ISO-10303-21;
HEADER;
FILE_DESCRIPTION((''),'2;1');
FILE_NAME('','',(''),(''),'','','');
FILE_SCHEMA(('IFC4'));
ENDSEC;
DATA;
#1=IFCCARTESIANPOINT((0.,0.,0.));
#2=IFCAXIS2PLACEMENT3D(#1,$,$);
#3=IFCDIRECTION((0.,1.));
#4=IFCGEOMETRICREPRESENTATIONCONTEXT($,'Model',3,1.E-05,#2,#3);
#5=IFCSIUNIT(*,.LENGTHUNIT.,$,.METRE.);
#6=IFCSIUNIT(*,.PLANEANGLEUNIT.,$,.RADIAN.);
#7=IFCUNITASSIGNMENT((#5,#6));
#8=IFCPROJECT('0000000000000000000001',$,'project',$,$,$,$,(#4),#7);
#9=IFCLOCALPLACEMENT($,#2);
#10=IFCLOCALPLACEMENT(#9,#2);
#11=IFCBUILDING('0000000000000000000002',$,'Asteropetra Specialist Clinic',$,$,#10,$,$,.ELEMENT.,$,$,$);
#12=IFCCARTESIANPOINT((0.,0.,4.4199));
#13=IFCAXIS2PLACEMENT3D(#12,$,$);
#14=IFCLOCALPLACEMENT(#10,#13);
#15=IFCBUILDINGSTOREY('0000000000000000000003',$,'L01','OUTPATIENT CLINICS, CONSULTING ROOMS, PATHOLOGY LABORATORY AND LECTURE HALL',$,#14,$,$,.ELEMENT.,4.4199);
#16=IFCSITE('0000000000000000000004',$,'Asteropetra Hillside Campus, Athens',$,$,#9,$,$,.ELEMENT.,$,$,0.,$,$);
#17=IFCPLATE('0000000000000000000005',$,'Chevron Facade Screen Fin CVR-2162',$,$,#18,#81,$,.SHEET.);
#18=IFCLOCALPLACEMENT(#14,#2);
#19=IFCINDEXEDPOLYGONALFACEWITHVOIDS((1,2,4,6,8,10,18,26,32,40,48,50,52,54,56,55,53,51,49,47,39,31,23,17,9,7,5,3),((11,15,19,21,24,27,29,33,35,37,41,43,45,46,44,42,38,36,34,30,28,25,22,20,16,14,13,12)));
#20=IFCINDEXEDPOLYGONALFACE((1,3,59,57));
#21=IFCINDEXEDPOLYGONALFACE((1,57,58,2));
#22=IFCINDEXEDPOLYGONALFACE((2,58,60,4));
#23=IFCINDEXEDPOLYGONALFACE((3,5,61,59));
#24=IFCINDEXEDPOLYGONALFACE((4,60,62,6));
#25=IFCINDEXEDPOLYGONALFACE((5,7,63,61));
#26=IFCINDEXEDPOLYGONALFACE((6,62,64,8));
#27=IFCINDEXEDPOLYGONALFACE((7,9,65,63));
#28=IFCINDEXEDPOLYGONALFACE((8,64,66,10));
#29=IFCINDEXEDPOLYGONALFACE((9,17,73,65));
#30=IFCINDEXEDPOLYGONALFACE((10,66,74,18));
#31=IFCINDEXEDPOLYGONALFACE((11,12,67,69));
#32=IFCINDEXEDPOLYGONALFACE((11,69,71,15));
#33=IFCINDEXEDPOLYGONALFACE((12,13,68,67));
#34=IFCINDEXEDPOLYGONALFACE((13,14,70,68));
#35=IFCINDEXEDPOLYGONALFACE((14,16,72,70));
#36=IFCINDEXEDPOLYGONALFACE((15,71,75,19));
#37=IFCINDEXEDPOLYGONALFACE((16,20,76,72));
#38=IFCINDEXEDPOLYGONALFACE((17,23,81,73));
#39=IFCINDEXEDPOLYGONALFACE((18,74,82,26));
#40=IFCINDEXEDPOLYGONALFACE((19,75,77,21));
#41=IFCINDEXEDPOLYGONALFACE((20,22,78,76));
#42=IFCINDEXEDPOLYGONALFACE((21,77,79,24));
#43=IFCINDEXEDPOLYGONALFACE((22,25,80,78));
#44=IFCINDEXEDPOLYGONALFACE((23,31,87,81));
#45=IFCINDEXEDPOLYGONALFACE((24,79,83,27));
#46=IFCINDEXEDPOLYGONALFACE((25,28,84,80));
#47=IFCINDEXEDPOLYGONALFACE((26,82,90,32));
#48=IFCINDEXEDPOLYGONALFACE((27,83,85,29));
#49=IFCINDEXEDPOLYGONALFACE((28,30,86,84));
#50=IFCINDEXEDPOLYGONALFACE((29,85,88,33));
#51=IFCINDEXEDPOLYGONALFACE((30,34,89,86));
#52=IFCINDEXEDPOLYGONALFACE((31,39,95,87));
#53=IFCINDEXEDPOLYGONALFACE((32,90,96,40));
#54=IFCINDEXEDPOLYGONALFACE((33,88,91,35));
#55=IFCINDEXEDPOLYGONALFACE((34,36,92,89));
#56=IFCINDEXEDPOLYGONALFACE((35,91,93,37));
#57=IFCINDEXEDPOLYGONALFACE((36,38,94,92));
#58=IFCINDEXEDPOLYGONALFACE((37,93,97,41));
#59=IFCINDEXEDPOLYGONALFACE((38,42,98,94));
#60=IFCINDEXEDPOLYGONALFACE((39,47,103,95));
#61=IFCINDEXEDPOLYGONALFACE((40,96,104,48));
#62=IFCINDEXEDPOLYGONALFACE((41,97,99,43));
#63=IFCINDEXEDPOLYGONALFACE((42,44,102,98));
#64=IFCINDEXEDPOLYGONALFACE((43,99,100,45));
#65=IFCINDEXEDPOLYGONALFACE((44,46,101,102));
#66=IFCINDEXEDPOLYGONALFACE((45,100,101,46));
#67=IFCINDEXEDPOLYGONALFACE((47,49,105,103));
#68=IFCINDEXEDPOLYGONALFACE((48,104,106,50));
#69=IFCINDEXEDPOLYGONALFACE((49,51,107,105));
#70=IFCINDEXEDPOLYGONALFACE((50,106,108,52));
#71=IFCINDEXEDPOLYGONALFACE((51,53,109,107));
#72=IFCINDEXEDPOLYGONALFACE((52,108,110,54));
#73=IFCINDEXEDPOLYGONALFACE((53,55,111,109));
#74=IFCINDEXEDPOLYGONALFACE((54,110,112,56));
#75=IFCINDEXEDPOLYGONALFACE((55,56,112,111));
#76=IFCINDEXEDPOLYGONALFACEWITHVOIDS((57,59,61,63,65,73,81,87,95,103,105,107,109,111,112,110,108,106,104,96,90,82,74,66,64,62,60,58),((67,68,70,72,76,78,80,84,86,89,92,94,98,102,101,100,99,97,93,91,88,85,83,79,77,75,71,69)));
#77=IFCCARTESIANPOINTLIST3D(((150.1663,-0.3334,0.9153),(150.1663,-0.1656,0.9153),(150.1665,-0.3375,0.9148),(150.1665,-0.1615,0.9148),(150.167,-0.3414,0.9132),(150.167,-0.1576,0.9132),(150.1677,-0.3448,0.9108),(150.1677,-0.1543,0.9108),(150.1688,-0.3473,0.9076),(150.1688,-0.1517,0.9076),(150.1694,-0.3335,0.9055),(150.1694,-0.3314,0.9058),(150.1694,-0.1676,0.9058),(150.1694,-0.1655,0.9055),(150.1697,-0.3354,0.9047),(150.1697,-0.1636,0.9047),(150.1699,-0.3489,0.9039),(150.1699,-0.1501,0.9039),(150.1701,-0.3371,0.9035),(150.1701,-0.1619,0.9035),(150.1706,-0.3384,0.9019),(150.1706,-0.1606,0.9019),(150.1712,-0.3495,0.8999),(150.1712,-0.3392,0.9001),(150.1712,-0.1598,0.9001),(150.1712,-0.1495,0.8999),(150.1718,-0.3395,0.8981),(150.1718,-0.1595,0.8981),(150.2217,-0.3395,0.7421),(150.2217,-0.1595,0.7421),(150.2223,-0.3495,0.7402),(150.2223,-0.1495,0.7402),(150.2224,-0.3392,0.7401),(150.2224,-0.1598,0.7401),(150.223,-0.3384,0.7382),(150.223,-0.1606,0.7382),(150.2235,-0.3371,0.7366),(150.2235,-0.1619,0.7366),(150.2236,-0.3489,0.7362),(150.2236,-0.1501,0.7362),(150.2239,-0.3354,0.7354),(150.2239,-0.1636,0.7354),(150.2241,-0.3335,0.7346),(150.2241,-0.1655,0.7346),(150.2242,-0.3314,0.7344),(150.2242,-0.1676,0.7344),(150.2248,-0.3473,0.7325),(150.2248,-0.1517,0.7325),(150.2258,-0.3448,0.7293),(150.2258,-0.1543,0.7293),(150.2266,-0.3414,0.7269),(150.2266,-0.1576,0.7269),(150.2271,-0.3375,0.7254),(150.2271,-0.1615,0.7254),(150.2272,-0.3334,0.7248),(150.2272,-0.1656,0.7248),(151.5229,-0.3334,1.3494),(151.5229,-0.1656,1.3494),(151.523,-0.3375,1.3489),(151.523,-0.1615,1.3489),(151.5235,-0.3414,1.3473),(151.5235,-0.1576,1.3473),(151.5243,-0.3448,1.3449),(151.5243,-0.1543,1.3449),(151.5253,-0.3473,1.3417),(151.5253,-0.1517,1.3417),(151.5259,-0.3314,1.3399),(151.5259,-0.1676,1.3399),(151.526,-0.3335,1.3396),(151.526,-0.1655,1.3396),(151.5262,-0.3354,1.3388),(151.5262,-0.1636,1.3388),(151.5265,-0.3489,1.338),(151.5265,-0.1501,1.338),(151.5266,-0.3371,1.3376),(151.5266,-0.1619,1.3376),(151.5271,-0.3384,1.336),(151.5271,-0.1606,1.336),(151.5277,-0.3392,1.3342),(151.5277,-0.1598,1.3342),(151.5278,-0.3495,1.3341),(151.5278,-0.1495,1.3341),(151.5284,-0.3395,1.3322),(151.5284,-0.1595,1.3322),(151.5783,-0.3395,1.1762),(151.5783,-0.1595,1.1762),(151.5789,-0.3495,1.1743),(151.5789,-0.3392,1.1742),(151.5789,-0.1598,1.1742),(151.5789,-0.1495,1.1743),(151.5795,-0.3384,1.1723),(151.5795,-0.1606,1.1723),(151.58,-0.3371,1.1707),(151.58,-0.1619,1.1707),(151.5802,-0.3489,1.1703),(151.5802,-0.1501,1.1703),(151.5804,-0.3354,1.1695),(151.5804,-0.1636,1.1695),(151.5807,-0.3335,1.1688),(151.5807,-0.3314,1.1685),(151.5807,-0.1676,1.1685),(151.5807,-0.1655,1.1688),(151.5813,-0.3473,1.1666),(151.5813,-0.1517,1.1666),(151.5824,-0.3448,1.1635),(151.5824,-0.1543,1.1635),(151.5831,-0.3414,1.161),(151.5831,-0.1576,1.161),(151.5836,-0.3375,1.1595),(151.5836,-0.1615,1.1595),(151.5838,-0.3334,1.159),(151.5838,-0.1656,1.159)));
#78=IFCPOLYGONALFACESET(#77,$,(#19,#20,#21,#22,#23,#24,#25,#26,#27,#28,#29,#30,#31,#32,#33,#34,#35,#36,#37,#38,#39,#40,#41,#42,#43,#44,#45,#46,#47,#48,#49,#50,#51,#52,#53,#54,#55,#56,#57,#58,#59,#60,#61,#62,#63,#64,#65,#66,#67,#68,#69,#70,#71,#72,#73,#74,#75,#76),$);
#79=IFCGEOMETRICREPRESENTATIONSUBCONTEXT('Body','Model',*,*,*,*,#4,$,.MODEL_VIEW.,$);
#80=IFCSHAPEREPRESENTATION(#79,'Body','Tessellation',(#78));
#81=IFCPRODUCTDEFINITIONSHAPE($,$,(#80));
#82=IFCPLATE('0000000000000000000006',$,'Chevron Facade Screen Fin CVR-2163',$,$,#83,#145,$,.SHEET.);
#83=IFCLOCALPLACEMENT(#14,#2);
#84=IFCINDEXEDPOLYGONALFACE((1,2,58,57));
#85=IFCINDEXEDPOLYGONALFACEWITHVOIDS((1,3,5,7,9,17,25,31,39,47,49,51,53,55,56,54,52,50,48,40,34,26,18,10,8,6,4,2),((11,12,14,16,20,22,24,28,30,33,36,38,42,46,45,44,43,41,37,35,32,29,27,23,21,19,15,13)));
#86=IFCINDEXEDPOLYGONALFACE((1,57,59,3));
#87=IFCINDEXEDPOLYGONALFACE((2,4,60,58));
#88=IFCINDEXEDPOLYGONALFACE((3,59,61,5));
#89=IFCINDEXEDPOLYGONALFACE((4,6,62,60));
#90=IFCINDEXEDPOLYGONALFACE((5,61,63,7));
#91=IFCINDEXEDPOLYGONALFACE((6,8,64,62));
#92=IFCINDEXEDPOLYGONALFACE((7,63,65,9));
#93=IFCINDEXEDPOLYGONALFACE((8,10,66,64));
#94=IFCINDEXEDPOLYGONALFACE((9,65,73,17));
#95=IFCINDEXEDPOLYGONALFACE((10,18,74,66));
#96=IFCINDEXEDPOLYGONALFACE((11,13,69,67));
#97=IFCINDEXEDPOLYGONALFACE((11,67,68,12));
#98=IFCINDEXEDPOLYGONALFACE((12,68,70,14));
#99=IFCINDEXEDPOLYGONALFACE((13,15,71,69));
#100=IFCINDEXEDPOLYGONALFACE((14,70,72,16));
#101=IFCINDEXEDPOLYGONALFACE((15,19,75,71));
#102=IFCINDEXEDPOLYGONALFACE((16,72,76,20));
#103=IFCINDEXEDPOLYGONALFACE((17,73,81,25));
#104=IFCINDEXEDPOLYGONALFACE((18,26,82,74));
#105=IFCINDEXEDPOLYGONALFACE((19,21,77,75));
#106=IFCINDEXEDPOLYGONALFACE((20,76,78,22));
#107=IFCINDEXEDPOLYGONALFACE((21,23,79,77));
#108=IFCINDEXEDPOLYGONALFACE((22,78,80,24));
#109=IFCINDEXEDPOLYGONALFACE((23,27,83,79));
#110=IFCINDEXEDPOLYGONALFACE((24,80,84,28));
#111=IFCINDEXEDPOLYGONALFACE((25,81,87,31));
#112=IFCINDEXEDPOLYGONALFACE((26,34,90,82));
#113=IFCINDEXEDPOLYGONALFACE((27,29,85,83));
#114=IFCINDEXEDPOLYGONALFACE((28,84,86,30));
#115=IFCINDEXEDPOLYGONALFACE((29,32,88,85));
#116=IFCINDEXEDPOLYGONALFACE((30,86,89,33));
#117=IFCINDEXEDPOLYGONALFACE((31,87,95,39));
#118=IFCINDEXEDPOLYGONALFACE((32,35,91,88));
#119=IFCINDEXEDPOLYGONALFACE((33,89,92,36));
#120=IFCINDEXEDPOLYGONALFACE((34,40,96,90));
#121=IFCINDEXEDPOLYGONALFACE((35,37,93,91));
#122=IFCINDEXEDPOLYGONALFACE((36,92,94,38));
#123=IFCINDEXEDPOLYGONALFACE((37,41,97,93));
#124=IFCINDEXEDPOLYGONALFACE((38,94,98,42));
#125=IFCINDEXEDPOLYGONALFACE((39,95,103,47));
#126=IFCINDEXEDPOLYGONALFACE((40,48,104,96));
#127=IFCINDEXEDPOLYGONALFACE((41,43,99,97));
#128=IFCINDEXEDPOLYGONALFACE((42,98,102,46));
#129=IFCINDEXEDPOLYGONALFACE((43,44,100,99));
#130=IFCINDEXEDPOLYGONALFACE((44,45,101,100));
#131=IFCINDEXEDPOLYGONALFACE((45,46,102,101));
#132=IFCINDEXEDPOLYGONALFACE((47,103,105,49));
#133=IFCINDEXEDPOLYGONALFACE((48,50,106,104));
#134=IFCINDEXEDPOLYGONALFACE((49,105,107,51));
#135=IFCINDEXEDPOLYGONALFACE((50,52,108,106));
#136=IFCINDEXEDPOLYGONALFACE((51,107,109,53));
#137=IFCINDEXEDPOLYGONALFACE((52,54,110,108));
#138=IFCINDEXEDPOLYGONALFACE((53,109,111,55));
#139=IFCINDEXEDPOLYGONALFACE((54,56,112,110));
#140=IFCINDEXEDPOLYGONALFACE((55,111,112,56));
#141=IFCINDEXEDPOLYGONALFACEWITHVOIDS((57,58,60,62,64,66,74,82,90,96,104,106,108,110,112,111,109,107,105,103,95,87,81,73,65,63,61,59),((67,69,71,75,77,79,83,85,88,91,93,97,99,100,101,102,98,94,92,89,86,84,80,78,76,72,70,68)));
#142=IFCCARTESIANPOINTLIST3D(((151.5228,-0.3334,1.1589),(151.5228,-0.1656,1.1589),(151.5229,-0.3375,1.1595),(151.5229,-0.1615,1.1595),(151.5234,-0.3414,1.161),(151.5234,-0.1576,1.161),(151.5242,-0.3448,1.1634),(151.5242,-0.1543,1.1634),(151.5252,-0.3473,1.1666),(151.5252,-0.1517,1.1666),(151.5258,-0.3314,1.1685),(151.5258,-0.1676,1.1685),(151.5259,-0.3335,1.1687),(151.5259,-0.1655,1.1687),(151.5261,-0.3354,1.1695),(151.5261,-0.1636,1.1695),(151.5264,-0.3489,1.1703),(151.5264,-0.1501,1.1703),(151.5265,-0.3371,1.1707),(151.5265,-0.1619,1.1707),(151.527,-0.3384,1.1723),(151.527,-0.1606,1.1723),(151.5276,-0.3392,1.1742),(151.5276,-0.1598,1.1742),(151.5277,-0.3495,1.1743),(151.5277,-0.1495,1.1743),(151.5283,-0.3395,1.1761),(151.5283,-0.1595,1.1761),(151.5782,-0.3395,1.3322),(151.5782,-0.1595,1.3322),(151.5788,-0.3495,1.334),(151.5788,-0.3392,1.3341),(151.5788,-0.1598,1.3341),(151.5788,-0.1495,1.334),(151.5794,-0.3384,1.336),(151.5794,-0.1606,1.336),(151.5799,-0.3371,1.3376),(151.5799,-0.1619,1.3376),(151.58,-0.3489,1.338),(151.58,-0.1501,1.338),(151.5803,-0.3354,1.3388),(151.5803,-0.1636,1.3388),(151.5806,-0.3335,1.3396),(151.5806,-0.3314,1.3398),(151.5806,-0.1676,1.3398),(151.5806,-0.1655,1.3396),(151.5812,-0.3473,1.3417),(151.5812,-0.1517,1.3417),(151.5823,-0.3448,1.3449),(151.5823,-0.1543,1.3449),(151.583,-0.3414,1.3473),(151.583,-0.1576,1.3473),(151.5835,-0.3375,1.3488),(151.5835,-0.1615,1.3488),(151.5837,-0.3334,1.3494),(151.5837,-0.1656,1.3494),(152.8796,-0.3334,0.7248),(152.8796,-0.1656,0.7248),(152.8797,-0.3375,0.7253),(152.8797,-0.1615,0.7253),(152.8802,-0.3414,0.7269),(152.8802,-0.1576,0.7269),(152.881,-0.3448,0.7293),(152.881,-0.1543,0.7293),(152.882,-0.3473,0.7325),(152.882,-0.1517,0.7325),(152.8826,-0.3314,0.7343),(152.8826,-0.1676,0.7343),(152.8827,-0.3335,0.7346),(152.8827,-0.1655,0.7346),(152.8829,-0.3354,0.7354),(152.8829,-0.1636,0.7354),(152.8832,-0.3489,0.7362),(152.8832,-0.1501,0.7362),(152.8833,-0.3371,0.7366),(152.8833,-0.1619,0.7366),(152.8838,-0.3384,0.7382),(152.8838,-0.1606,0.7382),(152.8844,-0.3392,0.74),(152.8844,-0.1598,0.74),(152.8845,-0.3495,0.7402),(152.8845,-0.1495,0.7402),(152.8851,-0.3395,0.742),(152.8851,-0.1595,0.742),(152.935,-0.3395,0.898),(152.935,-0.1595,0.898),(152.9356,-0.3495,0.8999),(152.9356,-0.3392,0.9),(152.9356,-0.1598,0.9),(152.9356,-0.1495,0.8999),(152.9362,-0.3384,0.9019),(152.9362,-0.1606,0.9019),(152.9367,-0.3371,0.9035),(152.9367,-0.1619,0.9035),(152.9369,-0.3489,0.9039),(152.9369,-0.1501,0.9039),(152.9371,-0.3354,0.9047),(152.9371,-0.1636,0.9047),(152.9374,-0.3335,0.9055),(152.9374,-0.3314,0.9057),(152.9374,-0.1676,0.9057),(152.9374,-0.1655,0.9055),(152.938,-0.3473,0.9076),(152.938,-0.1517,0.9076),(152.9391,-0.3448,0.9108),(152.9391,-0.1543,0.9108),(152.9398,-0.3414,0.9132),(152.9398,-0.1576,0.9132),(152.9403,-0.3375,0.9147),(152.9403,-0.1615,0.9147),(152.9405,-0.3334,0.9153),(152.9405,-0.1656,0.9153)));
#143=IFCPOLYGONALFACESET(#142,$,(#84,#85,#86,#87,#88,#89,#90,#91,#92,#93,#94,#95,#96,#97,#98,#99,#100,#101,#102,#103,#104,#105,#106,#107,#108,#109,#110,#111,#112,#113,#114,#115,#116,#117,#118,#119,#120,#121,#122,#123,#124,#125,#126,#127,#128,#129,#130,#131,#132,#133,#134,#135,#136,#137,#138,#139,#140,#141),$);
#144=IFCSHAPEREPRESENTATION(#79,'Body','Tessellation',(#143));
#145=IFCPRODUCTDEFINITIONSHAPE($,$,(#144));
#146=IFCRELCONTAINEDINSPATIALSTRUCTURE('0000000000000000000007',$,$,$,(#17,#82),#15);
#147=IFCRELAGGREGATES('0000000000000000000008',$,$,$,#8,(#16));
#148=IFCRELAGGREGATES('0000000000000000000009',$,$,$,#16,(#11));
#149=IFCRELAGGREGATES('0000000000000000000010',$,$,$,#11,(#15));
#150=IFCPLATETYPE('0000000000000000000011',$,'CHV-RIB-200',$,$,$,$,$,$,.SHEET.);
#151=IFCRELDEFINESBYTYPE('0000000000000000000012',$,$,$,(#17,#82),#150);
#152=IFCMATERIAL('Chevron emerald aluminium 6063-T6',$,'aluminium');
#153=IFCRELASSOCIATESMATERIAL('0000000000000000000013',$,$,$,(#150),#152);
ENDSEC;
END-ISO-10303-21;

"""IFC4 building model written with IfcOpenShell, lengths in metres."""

from ifc_helpers import new_model, si_unit, direction, frame, origin, origin_2d, place, context, subcontext, project, spatial, hollow_rectangle, extrude, material, material_profile, profile_set, type_object, element, save


model = new_model("IFC4")

# Units and contexts
model_context = context("Model", 3, precision=1e-05, world=origin(), true_north=direction((0.0, 1.0)))
body_context = subcontext(model_context, "Body", "Model", "MODEL_VIEW")
ifc_project = project(units=[si_unit("LENGTHUNIT", "METRE"), si_unit("PLANEANGLEUNIT", "RADIAN")], contexts=[model_context])

# Site, building, storey
site_placement = place(None, origin())
site = spatial("IfcSite", under=ifc_project, at=site_placement, Name="Asteropetra Hillside Campus, Athens", CompositionType="ELEMENT", RefElevation=0.0)
building_placement = place(site_placement, origin())
building = spatial("IfcBuilding", under=site, at=building_placement, Name="Asteropetra Specialist Clinic", CompositionType="ELEMENT")
storey_placement = place(building_placement, frame((0.0, 0.0, 4.4199)))
storey = spatial("IfcBuildingStorey", under=building, at=storey_placement, Name="L01", Description="OUTPATIENT CLINICS, CONSULTING ROOMS, PATHOLOGY LABORATORY AND LECTURE HALL", CompositionType="ELEMENT", Elevation=4.4199)

# Plates
ifc_material_1 = material(Name="Chevron emerald aluminium 6063-T6", Category="aluminium")
ifc_material_profile_1 = material_profile(ifc_material_1, hollow_rectangle(XDim=0.2, YDim=0.2, WallThickness=0.01, InnerFilletRadius=0.0081, OuterFilletRadius=0.0161, at=origin_2d()), Name="SHS 200x200x10.0")
ifc_profile_set_1 = profile_set([ifc_material_profile_1], Name="Chevron emerald aluminium 6063-T6")
plate_type = type_object("IfcPlateType", Name="CHV-RIB-200", PredefinedType="SHEET", material=ifc_profile_set_1)
plate_1_placement = place(storey_placement, frame((150.1968, -0.2495, 0.8201), z_axis=(0.95242, 0.0, 0.304788), x_axis=(0.0, 1.0, 0.0)))
element("IfcPlate", 1, at=plate_1_placement, inside=storey, type_object=plate_type, Name="Chevron Facade Screen Fin CVR-2162", PredefinedType="SHEET", context=body_context, shape_type="SweptSolid", body=[
    extrude(hollow_rectangle(XDim=0.2, YDim=0.2, WallThickness=0.01, InnerFilletRadius=0.0081, OuterFilletRadius=0.0161, at=origin_2d()), origin(), (0.0, 0.0, 1.0), 1.4243),
])
plate_2_placement = place(storey_placement, frame((151.5532, -0.2495, 1.2542), z_axis=(0.952436, 0.0, -0.304738), x_axis=(0.0, 1.0, 0.0)))
element("IfcPlate", 2, at=plate_2_placement, inside=storey, type_object=plate_type, Name="Chevron Facade Screen Fin CVR-2163", PredefinedType="SHEET", context=body_context, shape_type="SweptSolid", body=[
    extrude(hollow_rectangle(XDim=0.2, YDim=0.2, WallThickness=0.01, InnerFilletRadius=0.0081, OuterFilletRadius=0.0161, at=origin_2d()), origin(), (0.0, 0.0, 1.0), 1.4246),
])

save(model, "model.ifc")
